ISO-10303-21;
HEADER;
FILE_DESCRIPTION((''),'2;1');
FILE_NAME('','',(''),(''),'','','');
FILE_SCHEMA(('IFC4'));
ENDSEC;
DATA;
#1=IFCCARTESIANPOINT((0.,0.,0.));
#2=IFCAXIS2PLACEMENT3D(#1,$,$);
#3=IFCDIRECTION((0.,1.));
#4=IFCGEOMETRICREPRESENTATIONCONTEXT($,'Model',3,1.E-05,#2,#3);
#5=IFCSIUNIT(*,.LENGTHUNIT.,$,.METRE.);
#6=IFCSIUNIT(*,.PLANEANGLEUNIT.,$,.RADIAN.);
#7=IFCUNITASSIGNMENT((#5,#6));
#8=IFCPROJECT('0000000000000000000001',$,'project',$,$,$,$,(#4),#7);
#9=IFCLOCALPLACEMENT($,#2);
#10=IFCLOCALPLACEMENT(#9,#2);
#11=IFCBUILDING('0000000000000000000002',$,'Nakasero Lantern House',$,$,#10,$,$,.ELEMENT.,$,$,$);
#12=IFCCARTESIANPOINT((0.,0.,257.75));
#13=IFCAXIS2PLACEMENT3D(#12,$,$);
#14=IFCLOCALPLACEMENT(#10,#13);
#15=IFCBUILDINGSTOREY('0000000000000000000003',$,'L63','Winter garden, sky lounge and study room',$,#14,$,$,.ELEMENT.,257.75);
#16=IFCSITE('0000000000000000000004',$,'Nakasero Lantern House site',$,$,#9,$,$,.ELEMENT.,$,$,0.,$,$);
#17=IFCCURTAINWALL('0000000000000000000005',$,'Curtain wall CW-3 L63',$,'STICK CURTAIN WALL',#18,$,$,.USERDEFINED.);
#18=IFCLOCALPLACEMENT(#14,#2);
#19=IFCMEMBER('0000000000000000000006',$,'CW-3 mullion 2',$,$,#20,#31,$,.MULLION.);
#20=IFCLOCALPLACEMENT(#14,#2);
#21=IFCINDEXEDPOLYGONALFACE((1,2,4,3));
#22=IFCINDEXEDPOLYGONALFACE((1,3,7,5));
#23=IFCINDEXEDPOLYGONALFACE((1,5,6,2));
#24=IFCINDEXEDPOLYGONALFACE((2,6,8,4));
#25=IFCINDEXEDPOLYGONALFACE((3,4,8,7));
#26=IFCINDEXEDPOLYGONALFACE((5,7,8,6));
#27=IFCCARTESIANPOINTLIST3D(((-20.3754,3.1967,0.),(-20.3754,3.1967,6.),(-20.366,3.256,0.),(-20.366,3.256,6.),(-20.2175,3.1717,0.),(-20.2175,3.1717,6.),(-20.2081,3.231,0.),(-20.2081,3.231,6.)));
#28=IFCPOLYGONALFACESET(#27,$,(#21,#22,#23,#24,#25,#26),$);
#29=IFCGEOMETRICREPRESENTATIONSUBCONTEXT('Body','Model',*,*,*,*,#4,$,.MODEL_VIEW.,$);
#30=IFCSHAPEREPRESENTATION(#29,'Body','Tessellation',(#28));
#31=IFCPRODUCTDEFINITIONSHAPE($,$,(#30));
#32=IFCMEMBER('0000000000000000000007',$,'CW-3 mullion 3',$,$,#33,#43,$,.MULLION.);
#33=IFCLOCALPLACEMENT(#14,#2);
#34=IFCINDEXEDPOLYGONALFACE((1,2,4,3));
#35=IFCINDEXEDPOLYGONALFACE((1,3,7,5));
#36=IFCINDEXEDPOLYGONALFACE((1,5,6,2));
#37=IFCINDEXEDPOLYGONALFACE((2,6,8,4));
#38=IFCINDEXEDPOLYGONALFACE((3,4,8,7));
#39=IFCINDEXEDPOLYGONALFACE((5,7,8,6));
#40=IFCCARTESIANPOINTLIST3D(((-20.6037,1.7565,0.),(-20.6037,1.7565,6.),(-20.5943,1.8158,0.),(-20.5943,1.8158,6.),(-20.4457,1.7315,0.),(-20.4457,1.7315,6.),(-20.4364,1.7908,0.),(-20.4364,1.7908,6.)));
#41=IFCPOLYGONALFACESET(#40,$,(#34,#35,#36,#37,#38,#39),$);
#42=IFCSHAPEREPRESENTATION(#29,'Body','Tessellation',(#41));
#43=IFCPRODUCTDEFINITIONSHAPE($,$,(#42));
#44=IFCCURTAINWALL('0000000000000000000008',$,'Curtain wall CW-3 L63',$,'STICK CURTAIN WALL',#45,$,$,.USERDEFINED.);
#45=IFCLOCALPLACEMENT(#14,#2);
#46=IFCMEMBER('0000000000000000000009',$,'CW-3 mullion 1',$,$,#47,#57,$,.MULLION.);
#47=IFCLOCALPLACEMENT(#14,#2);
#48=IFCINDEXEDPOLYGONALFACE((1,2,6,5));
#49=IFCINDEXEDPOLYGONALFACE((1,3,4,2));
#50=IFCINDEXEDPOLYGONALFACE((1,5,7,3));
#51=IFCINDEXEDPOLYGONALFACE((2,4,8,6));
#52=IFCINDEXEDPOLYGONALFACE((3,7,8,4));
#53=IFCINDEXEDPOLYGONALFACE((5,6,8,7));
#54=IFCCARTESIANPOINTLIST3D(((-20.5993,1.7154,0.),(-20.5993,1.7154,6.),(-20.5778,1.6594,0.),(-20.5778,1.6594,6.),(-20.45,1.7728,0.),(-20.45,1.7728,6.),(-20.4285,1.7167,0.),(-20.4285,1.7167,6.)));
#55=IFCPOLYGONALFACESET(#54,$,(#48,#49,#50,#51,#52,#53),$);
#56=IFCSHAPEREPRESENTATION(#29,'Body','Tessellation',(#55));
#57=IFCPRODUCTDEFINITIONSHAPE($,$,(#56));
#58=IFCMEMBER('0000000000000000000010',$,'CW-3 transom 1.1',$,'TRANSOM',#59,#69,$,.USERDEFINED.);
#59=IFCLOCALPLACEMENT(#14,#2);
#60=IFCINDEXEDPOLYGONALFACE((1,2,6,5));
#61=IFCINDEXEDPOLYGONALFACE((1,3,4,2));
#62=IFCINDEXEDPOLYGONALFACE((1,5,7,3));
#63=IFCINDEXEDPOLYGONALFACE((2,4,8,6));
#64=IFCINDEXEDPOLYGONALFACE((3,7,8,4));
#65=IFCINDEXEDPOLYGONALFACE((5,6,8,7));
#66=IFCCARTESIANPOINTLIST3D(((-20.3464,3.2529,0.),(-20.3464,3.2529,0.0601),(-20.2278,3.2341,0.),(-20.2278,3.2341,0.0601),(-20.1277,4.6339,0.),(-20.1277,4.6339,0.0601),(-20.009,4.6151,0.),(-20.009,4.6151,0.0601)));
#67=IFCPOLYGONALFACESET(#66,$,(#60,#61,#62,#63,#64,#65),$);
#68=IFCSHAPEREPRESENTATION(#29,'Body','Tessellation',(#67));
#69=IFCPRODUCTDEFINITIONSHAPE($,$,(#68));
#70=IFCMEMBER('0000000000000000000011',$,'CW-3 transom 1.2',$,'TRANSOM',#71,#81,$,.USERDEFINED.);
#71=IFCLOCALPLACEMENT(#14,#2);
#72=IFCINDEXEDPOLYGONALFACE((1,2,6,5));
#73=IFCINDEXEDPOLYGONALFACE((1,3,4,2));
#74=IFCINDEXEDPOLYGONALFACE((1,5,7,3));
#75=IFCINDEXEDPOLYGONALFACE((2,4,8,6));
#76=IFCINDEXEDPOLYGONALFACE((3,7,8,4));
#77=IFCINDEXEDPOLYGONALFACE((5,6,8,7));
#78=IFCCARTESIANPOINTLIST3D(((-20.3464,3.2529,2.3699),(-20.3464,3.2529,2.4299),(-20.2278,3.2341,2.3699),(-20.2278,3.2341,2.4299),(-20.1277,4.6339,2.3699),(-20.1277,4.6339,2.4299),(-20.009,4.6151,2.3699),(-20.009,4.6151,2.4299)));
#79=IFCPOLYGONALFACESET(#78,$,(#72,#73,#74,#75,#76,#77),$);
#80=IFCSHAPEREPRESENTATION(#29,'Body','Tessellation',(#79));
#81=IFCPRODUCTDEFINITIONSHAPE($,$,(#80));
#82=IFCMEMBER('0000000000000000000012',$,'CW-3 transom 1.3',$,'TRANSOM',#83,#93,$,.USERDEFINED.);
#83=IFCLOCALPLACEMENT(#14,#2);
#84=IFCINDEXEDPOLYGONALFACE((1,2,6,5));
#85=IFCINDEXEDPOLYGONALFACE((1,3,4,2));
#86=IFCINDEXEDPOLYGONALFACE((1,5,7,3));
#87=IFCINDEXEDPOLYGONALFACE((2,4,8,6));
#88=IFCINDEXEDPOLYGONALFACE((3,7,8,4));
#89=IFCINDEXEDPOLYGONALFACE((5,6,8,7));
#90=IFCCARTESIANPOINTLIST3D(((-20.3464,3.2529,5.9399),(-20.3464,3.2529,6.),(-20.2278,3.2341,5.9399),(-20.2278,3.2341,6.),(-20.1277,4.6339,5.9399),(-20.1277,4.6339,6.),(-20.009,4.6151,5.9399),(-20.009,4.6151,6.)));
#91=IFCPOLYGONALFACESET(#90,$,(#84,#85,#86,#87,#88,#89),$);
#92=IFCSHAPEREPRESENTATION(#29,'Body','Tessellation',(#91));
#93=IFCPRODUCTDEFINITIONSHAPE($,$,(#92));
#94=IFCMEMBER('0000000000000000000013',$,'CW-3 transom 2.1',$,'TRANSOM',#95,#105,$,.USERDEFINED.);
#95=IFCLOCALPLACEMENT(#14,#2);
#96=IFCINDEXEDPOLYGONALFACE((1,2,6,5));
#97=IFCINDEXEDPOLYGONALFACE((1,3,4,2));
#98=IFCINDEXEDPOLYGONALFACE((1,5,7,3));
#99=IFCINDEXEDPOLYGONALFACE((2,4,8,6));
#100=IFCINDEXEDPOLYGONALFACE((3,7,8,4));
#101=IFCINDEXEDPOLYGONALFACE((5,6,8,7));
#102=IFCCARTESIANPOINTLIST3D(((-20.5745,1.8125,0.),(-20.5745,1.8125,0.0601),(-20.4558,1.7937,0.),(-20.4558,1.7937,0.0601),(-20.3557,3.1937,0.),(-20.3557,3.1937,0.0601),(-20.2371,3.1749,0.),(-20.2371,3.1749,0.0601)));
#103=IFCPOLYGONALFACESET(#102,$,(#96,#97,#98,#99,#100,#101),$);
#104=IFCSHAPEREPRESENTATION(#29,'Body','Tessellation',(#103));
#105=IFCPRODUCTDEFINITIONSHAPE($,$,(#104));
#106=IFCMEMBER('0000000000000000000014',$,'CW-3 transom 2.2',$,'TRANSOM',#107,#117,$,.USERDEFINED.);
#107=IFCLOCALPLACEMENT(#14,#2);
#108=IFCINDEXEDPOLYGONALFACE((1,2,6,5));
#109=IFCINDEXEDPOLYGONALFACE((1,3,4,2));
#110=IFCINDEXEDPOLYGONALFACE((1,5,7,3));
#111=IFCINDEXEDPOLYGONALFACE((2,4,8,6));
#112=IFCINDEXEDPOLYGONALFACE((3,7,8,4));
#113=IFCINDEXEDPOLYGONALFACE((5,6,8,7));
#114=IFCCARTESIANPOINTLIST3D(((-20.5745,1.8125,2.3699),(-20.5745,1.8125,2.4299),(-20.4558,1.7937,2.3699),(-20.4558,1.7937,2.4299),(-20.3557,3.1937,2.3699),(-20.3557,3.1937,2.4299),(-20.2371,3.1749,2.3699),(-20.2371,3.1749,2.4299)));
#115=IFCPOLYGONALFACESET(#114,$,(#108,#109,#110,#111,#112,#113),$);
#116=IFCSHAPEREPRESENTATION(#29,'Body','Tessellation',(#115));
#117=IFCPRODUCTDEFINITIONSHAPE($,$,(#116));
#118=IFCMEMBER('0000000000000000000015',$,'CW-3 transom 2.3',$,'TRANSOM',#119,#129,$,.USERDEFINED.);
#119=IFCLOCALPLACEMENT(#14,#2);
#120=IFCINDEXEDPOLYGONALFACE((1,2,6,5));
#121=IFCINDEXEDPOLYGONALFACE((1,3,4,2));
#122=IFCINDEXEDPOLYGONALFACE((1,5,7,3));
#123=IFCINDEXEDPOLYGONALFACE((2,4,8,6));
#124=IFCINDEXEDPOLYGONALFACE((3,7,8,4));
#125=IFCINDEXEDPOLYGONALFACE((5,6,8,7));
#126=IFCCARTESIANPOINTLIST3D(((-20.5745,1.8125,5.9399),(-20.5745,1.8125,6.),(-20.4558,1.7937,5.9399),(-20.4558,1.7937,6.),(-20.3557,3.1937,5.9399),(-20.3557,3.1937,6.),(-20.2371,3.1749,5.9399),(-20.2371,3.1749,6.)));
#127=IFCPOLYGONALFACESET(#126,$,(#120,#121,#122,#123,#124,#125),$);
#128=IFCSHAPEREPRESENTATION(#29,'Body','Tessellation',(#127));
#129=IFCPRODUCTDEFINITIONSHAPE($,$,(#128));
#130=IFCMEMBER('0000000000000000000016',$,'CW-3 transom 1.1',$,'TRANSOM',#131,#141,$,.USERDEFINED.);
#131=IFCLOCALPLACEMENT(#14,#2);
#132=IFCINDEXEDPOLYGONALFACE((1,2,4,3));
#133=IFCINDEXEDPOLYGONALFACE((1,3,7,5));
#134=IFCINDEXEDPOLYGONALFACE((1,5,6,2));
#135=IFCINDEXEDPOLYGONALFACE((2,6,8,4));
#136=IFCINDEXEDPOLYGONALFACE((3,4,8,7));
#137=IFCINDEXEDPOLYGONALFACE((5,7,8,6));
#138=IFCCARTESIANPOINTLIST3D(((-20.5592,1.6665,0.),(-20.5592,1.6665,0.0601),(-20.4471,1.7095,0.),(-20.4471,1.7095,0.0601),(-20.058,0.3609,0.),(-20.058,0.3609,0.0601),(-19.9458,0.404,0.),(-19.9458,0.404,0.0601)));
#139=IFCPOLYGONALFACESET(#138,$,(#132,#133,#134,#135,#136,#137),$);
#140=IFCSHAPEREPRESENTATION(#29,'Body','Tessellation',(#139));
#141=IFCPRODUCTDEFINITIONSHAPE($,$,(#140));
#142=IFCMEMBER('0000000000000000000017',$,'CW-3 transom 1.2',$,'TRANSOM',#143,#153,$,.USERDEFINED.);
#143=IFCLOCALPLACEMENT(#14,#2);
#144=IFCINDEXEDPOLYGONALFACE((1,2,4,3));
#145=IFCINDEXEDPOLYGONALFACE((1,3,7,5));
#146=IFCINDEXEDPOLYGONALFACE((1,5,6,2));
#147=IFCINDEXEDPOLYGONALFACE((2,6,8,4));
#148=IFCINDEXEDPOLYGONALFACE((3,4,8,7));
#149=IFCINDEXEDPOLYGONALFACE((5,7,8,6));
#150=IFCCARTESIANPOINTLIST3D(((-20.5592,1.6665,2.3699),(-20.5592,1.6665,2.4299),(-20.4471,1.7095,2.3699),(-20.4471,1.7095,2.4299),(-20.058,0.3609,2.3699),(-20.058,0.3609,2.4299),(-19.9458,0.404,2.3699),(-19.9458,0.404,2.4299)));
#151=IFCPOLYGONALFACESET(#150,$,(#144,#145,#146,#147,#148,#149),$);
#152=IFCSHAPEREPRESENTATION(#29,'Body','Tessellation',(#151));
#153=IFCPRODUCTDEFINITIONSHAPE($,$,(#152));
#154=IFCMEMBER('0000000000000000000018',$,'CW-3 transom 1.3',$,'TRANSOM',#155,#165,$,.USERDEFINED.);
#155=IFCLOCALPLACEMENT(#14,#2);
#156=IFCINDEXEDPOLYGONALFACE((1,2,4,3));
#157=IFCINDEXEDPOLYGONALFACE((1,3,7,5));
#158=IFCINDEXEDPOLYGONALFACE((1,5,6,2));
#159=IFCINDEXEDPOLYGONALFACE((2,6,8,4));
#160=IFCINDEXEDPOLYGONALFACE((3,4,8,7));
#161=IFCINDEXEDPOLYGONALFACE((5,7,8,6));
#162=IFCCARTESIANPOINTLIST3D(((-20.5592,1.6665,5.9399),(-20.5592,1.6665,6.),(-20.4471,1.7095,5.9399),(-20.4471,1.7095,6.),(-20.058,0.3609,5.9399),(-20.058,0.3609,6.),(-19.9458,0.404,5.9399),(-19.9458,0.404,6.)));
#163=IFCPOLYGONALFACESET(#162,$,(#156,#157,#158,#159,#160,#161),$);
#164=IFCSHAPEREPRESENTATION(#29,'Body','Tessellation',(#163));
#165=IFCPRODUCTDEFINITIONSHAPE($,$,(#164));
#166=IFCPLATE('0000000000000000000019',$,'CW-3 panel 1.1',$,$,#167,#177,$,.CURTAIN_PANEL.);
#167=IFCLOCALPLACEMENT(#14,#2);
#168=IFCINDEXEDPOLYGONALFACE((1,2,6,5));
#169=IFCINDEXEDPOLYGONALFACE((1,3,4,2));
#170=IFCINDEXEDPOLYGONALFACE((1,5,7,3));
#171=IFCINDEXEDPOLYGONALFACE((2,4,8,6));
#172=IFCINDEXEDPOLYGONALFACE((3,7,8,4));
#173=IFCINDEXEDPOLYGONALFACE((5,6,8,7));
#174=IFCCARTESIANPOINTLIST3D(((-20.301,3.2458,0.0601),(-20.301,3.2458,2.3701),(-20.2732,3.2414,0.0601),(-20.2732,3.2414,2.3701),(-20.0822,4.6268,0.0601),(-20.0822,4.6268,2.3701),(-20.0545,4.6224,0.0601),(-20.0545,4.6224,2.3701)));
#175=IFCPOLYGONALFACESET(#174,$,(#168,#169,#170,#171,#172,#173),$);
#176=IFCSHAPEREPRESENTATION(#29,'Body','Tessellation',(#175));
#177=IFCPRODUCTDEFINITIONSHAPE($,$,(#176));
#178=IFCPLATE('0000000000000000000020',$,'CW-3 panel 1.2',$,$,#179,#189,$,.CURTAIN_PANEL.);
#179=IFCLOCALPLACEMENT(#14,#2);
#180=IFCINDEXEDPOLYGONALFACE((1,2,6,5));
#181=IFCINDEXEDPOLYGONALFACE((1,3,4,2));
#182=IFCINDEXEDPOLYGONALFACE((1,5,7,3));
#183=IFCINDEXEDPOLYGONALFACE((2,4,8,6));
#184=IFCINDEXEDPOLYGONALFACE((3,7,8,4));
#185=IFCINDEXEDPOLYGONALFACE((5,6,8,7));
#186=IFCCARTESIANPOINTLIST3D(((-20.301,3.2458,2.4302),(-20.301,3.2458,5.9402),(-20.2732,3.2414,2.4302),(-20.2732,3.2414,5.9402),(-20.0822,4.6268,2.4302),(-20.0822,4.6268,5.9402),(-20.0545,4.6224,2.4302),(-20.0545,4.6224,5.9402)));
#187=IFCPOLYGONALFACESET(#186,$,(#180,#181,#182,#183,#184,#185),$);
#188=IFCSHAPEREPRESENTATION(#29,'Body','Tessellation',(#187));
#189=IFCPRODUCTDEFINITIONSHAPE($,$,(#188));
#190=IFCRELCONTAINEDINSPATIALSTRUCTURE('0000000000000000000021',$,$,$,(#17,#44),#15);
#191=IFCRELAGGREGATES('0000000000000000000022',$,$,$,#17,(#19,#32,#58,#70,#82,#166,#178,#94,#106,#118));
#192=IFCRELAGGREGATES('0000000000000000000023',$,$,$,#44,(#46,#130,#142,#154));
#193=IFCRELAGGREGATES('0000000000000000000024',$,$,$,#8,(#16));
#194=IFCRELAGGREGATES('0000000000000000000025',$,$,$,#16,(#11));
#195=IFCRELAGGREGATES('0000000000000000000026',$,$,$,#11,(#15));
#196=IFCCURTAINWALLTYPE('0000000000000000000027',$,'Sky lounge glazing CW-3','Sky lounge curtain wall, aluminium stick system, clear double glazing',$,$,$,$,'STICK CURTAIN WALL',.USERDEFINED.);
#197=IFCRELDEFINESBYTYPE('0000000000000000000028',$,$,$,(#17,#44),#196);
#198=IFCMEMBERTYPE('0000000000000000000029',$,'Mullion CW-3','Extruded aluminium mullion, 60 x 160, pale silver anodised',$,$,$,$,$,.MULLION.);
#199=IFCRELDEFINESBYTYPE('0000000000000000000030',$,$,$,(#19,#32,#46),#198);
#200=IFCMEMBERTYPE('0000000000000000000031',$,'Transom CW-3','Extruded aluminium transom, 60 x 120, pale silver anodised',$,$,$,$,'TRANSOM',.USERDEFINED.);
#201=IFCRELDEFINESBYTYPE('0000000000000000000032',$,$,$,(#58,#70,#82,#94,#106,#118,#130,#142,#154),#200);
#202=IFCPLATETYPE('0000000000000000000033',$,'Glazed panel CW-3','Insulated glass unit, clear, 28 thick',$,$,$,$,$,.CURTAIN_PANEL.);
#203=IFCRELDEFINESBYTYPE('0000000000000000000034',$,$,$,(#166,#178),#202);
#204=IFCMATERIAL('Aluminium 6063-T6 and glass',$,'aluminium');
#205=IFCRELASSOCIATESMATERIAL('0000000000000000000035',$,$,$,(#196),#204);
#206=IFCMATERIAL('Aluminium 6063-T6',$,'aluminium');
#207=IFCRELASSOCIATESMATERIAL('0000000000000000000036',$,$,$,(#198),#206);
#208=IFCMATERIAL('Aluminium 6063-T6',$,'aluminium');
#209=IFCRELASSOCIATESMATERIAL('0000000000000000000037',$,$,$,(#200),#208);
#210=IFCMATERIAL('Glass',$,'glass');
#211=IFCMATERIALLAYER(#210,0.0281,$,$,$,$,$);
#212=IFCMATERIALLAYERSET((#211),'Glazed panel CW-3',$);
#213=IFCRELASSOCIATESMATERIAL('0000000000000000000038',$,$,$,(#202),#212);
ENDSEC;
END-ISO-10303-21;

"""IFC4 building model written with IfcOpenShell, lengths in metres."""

from ifc_helpers import new_model, si_unit, direction, frame, origin, origin_2d, place, context, subcontext, project, spatial, rectangle, extrude, material, layer, layer_set, material_profile, profile_set, type_object, element, aggregate, save


model = new_model("IFC4")

# Units and contexts
model_context = context("Model", 3, precision=1e-05, world=origin(), true_north=direction((0.0, 1.0)))
body_context = subcontext(model_context, "Body", "Model", "MODEL_VIEW")
ifc_project = project(units=[si_unit("LENGTHUNIT", "METRE"), si_unit("PLANEANGLEUNIT", "RADIAN")], contexts=[model_context])

# Site, building, storey
site_placement = place(None, origin())
site = spatial("IfcSite", under=ifc_project, at=site_placement, Name="Nakasero Lantern House site", CompositionType="ELEMENT", RefElevation=0.0)
building_placement = place(site_placement, origin())
building = spatial("IfcBuilding", under=site, at=building_placement, Name="Nakasero Lantern House", CompositionType="ELEMENT")
storey_placement = place(building_placement, frame((0.0, 0.0, 257.75)))
storey = spatial("IfcBuildingStorey", under=building, at=storey_placement, Name="L63", Description="Winter garden, sky lounge and study room", CompositionType="ELEMENT", Elevation=257.75)

# Curtain wall, members
ifc_material_1 = material(Name="Aluminium 6063-T6 and glass", Category="aluminium")
curtain_wall_type = type_object("IfcCurtainWallType", Name="Sky lounge glazing CW-3", Description="Sky lounge curtain wall, aluminium stick system, clear double glazing", ElementType="STICK CURTAIN WALL", PredefinedType="USERDEFINED", material=ifc_material_1)
curtain_wall_1_placement = place(storey_placement, origin())
curtain_wall_1 = element("IfcCurtainWall", 1, at=curtain_wall_1_placement, inside=storey, type_object=curtain_wall_type, Name="Curtain wall CW-3 L63", ObjectType="STICK CURTAIN WALL", PredefinedType="USERDEFINED")
ifc_material_2 = material(Name="Aluminium 6063-T6", Category="aluminium")
ifc_material_profile_1 = material_profile(ifc_material_2, rectangle(XDim=0.0601, YDim=0.1599, at=origin_2d()), Name="CW-3 mullion 60x160")
ifc_profile_set_1 = profile_set([ifc_material_profile_1], Name="Aluminium 6063-T6")
member_type_1 = type_object("IfcMemberType", Name="Mullion CW-3", Description="Extruded aluminium mullion, 60 x 160, pale silver anodised", PredefinedType="MULLION", material=ifc_profile_set_1)
member_1_placement = place(storey_placement, frame((-20.2917, 3.2139, 0.0), z_axis=(0.0, 0.0, 1.0), x_axis=(-0.156434, -0.987688, 0.0)))
member_1 = element("IfcMember", 2, at=member_1_placement, type_object=member_type_1, Name="CW-3 mullion 2", PredefinedType="MULLION", context=body_context, shape_type="SweptSolid", body=[
    extrude(rectangle(XDim=0.0601, YDim=0.1599, at=origin_2d()), origin(), (0.0, 0.0, 1.0), 6.0),
])
member_2_placement = place(storey_placement, frame((-20.52, 1.7737, 0.0), z_axis=(0.0, 0.0, 1.0), x_axis=(-0.156434, -0.987688, 0.0)))
member_2 = element("IfcMember", 3, at=member_2_placement, type_object=member_type_1, Name="CW-3 mullion 3", PredefinedType="MULLION", context=body_context, shape_type="SweptSolid", body=[
    extrude(rectangle(XDim=0.0601, YDim=0.1599, at=origin_2d()), origin(), (0.0, 0.0, 1.0), 6.0),
])

# Curtain wall, member
curtain_wall_2_placement = place(storey_placement, origin())
curtain_wall_2 = element("IfcCurtainWall", 4, at=curtain_wall_2_placement, inside=storey, type_object=curtain_wall_type, Name="Curtain wall CW-3 L63", ObjectType="STICK CURTAIN WALL", PredefinedType="USERDEFINED")
member_3_placement = place(storey_placement, frame((-20.5139, 1.7161, 0.0), z_axis=(0.0, 0.0, 1.0), x_axis=(0.358368, -0.93358, 0.0)))
member_3 = element("IfcMember", 5, at=member_3_placement, type_object=member_type_1, Name="CW-3 mullion 1", PredefinedType="MULLION", context=body_context, shape_type="SweptSolid", body=[
    extrude(rectangle(XDim=0.0601, YDim=0.1599, at=origin_2d()), origin(), (0.0, 0.0, 1.0), 6.0),
])

# Members
ifc_material_3 = material(Name="Aluminium 6063-T6", Category="aluminium")
ifc_material_profile_2 = material_profile(ifc_material_3, rectangle(XDim=0.0601, YDim=0.1201, at=origin_2d()), Name="CW-3 transom 60x120")
ifc_profile_set_2 = profile_set([ifc_material_profile_2], Name="Aluminium 6063-T6")
member_type_2 = type_object("IfcMemberType", Name="Transom CW-3", Description="Extruded aluminium transom, 60 x 120, pale silver anodised", ElementType="TRANSOM", PredefinedType="USERDEFINED", material=ifc_profile_set_2)
member_4_placement = place(storey_placement, frame((-20.0684, 4.6245, 0.03), z_axis=(-0.156465, -0.987684, 0.0), x_axis=(0.0, 0.0, 1.0)))
member_4 = element("IfcMember", 6, at=member_4_placement, type_object=member_type_2, Name="CW-3 transom 1.1", ObjectType="TRANSOM", PredefinedType="USERDEFINED", context=body_context, shape_type="SweptSolid", body=[
    extrude(rectangle(XDim=0.0601, YDim=0.1201, at=origin_2d()), origin(), (0.0, 0.0, 1.0), 1.3982),
])
member_5_placement = place(storey_placement, frame((-20.0684, 4.6245, 2.3999), z_axis=(-0.156465, -0.987684, 0.0), x_axis=(0.0, 0.0, 1.0)))
member_5 = element("IfcMember", 7, at=member_5_placement, type_object=member_type_2, Name="CW-3 transom 1.2", ObjectType="TRANSOM", PredefinedType="USERDEFINED", context=body_context, shape_type="SweptSolid", body=[
    extrude(rectangle(XDim=0.0601, YDim=0.1201, at=origin_2d()), origin(), (0.0, 0.0, 1.0), 1.3982),
])
member_6_placement = place(storey_placement, frame((-20.0684, 4.6245, 5.97), z_axis=(-0.156465, -0.987684, 0.0), x_axis=(0.0, 0.0, 1.0)))
member_6 = element("IfcMember", 8, at=member_6_placement, type_object=member_type_2, Name="CW-3 transom 1.3", ObjectType="TRANSOM", PredefinedType="USERDEFINED", context=body_context, shape_type="SweptSolid", body=[
    extrude(rectangle(XDim=0.0601, YDim=0.1201, at=origin_2d()), origin(), (0.0, 0.0, 1.0), 1.3982),
])
member_7_placement = place(storey_placement, frame((-20.2964, 3.1843, 0.03), z_axis=(-0.156438, -0.987688, 0.0), x_axis=(0.0, 0.0, 1.0)))
member_7 = element("IfcMember", 9, at=member_7_placement, type_object=member_type_2, Name="CW-3 transom 2.1", ObjectType="TRANSOM", PredefinedType="USERDEFINED", context=body_context, shape_type="SweptSolid", body=[
    extrude(rectangle(XDim=0.0601, YDim=0.1201, at=origin_2d()), origin(), (0.0, 0.0, 1.0), 1.3984),
])
member_8_placement = place(storey_placement, frame((-20.2964, 3.1843, 2.3999), z_axis=(-0.156438, -0.987688, 0.0), x_axis=(0.0, 0.0, 1.0)))
member_8 = element("IfcMember", 10, at=member_8_placement, type_object=member_type_2, Name="CW-3 transom 2.2", ObjectType="TRANSOM", PredefinedType="USERDEFINED", context=body_context, shape_type="SweptSolid", body=[
    extrude(rectangle(XDim=0.0601, YDim=0.1201, at=origin_2d()), origin(), (0.0, 0.0, 1.0), 1.3984),
])
member_9_placement = place(storey_placement, frame((-20.2964, 3.1843, 5.97), z_axis=(-0.156438, -0.987688, 0.0), x_axis=(0.0, 0.0, 1.0)))
member_9 = element("IfcMember", 11, at=member_9_placement, type_object=member_type_2, Name="CW-3 transom 2.3", ObjectType="TRANSOM", PredefinedType="USERDEFINED", context=body_context, shape_type="SweptSolid", body=[
    extrude(rectangle(XDim=0.0601, YDim=0.1201, at=origin_2d()), origin(), (0.0, 0.0, 1.0), 1.3984),
])
member_10_placement = place(storey_placement, frame((-20.5032, 1.688, 0.03), z_axis=(0.358441, -0.933552, 0.0), x_axis=(0.0, 0.0, 1.0)))
member_10 = element("IfcMember", 12, at=member_10_placement, type_object=member_type_2, Name="CW-3 transom 1.1", ObjectType="TRANSOM", PredefinedType="USERDEFINED", context=body_context, shape_type="SweptSolid", body=[
    extrude(rectangle(XDim=0.0601, YDim=0.1201, at=origin_2d()), origin(), (0.0, 0.0, 1.0), 1.3984),
])
member_11_placement = place(storey_placement, frame((-20.5032, 1.688, 2.3999), z_axis=(0.358441, -0.933552, 0.0), x_axis=(0.0, 0.0, 1.0)))
member_11 = element("IfcMember", 13, at=member_11_placement, type_object=member_type_2, Name="CW-3 transom 1.2", ObjectType="TRANSOM", PredefinedType="USERDEFINED", context=body_context, shape_type="SweptSolid", body=[
    extrude(rectangle(XDim=0.0601, YDim=0.1201, at=origin_2d()), origin(), (0.0, 0.0, 1.0), 1.3984),
])
member_12_placement = place(storey_placement, frame((-20.5032, 1.688, 5.97), z_axis=(0.358441, -0.933552, 0.0), x_axis=(0.0, 0.0, 1.0)))
member_12 = element("IfcMember", 14, at=member_12_placement, type_object=member_type_2, Name="CW-3 transom 1.3", ObjectType="TRANSOM", PredefinedType="USERDEFINED", context=body_context, shape_type="SweptSolid", body=[
    extrude(rectangle(XDim=0.0601, YDim=0.1201, at=origin_2d()), origin(), (0.0, 0.0, 1.0), 1.3984),
])

# Plates
ifc_material_4 = material(Name="Glass", Category="glass")
ifc_layer_1 = layer(ifc_material_4, 0.0281)
ifc_layer_set_1 = layer_set([ifc_layer_1], Name="Glazed panel CW-3")
plate_type = type_object("IfcPlateType", Name="Glazed panel CW-3", Description="Insulated glass unit, clear, 28 thick", PredefinedType="CURTAIN_PANEL", material=ifc_layer_set_1)
plate_1_placement = place(storey_placement, frame((-20.1777, 3.9341, 0.0601), z_axis=(0.0, 0.0, 1.0), x_axis=(-0.156434, -0.987688, 0.0)))
plate_1 = element("IfcPlate", 15, at=plate_1_placement, type_object=plate_type, Name="CW-3 panel 1.1", PredefinedType="CURTAIN_PANEL", context=body_context, shape_type="SweptSolid", body=[
    extrude(rectangle(XDim=1.3982, YDim=0.0281, at=origin_2d()), origin(), (0.0, 0.0, 1.0), 2.3101),
])
plate_2_placement = place(storey_placement, frame((-20.1777, 3.9341, 2.4302), z_axis=(0.0, 0.0, 1.0), x_axis=(-0.156434, -0.987688, 0.0)))
plate_2 = element("IfcPlate", 16, at=plate_2_placement, type_object=plate_type, Name="CW-3 panel 1.2", PredefinedType="CURTAIN_PANEL", context=body_context, shape_type="SweptSolid", body=[
    extrude(rectangle(XDim=1.3982, YDim=0.0281, at=origin_2d()), origin(), (0.0, 0.0, 1.0), 3.51),
])
aggregate(curtain_wall_1, [member_1, member_2, member_4, member_5, member_6, plate_1, plate_2, member_7, member_8, member_9])
aggregate(curtain_wall_2, [member_3, member_10, member_11, member_12])

save(model, "model.ifc")
